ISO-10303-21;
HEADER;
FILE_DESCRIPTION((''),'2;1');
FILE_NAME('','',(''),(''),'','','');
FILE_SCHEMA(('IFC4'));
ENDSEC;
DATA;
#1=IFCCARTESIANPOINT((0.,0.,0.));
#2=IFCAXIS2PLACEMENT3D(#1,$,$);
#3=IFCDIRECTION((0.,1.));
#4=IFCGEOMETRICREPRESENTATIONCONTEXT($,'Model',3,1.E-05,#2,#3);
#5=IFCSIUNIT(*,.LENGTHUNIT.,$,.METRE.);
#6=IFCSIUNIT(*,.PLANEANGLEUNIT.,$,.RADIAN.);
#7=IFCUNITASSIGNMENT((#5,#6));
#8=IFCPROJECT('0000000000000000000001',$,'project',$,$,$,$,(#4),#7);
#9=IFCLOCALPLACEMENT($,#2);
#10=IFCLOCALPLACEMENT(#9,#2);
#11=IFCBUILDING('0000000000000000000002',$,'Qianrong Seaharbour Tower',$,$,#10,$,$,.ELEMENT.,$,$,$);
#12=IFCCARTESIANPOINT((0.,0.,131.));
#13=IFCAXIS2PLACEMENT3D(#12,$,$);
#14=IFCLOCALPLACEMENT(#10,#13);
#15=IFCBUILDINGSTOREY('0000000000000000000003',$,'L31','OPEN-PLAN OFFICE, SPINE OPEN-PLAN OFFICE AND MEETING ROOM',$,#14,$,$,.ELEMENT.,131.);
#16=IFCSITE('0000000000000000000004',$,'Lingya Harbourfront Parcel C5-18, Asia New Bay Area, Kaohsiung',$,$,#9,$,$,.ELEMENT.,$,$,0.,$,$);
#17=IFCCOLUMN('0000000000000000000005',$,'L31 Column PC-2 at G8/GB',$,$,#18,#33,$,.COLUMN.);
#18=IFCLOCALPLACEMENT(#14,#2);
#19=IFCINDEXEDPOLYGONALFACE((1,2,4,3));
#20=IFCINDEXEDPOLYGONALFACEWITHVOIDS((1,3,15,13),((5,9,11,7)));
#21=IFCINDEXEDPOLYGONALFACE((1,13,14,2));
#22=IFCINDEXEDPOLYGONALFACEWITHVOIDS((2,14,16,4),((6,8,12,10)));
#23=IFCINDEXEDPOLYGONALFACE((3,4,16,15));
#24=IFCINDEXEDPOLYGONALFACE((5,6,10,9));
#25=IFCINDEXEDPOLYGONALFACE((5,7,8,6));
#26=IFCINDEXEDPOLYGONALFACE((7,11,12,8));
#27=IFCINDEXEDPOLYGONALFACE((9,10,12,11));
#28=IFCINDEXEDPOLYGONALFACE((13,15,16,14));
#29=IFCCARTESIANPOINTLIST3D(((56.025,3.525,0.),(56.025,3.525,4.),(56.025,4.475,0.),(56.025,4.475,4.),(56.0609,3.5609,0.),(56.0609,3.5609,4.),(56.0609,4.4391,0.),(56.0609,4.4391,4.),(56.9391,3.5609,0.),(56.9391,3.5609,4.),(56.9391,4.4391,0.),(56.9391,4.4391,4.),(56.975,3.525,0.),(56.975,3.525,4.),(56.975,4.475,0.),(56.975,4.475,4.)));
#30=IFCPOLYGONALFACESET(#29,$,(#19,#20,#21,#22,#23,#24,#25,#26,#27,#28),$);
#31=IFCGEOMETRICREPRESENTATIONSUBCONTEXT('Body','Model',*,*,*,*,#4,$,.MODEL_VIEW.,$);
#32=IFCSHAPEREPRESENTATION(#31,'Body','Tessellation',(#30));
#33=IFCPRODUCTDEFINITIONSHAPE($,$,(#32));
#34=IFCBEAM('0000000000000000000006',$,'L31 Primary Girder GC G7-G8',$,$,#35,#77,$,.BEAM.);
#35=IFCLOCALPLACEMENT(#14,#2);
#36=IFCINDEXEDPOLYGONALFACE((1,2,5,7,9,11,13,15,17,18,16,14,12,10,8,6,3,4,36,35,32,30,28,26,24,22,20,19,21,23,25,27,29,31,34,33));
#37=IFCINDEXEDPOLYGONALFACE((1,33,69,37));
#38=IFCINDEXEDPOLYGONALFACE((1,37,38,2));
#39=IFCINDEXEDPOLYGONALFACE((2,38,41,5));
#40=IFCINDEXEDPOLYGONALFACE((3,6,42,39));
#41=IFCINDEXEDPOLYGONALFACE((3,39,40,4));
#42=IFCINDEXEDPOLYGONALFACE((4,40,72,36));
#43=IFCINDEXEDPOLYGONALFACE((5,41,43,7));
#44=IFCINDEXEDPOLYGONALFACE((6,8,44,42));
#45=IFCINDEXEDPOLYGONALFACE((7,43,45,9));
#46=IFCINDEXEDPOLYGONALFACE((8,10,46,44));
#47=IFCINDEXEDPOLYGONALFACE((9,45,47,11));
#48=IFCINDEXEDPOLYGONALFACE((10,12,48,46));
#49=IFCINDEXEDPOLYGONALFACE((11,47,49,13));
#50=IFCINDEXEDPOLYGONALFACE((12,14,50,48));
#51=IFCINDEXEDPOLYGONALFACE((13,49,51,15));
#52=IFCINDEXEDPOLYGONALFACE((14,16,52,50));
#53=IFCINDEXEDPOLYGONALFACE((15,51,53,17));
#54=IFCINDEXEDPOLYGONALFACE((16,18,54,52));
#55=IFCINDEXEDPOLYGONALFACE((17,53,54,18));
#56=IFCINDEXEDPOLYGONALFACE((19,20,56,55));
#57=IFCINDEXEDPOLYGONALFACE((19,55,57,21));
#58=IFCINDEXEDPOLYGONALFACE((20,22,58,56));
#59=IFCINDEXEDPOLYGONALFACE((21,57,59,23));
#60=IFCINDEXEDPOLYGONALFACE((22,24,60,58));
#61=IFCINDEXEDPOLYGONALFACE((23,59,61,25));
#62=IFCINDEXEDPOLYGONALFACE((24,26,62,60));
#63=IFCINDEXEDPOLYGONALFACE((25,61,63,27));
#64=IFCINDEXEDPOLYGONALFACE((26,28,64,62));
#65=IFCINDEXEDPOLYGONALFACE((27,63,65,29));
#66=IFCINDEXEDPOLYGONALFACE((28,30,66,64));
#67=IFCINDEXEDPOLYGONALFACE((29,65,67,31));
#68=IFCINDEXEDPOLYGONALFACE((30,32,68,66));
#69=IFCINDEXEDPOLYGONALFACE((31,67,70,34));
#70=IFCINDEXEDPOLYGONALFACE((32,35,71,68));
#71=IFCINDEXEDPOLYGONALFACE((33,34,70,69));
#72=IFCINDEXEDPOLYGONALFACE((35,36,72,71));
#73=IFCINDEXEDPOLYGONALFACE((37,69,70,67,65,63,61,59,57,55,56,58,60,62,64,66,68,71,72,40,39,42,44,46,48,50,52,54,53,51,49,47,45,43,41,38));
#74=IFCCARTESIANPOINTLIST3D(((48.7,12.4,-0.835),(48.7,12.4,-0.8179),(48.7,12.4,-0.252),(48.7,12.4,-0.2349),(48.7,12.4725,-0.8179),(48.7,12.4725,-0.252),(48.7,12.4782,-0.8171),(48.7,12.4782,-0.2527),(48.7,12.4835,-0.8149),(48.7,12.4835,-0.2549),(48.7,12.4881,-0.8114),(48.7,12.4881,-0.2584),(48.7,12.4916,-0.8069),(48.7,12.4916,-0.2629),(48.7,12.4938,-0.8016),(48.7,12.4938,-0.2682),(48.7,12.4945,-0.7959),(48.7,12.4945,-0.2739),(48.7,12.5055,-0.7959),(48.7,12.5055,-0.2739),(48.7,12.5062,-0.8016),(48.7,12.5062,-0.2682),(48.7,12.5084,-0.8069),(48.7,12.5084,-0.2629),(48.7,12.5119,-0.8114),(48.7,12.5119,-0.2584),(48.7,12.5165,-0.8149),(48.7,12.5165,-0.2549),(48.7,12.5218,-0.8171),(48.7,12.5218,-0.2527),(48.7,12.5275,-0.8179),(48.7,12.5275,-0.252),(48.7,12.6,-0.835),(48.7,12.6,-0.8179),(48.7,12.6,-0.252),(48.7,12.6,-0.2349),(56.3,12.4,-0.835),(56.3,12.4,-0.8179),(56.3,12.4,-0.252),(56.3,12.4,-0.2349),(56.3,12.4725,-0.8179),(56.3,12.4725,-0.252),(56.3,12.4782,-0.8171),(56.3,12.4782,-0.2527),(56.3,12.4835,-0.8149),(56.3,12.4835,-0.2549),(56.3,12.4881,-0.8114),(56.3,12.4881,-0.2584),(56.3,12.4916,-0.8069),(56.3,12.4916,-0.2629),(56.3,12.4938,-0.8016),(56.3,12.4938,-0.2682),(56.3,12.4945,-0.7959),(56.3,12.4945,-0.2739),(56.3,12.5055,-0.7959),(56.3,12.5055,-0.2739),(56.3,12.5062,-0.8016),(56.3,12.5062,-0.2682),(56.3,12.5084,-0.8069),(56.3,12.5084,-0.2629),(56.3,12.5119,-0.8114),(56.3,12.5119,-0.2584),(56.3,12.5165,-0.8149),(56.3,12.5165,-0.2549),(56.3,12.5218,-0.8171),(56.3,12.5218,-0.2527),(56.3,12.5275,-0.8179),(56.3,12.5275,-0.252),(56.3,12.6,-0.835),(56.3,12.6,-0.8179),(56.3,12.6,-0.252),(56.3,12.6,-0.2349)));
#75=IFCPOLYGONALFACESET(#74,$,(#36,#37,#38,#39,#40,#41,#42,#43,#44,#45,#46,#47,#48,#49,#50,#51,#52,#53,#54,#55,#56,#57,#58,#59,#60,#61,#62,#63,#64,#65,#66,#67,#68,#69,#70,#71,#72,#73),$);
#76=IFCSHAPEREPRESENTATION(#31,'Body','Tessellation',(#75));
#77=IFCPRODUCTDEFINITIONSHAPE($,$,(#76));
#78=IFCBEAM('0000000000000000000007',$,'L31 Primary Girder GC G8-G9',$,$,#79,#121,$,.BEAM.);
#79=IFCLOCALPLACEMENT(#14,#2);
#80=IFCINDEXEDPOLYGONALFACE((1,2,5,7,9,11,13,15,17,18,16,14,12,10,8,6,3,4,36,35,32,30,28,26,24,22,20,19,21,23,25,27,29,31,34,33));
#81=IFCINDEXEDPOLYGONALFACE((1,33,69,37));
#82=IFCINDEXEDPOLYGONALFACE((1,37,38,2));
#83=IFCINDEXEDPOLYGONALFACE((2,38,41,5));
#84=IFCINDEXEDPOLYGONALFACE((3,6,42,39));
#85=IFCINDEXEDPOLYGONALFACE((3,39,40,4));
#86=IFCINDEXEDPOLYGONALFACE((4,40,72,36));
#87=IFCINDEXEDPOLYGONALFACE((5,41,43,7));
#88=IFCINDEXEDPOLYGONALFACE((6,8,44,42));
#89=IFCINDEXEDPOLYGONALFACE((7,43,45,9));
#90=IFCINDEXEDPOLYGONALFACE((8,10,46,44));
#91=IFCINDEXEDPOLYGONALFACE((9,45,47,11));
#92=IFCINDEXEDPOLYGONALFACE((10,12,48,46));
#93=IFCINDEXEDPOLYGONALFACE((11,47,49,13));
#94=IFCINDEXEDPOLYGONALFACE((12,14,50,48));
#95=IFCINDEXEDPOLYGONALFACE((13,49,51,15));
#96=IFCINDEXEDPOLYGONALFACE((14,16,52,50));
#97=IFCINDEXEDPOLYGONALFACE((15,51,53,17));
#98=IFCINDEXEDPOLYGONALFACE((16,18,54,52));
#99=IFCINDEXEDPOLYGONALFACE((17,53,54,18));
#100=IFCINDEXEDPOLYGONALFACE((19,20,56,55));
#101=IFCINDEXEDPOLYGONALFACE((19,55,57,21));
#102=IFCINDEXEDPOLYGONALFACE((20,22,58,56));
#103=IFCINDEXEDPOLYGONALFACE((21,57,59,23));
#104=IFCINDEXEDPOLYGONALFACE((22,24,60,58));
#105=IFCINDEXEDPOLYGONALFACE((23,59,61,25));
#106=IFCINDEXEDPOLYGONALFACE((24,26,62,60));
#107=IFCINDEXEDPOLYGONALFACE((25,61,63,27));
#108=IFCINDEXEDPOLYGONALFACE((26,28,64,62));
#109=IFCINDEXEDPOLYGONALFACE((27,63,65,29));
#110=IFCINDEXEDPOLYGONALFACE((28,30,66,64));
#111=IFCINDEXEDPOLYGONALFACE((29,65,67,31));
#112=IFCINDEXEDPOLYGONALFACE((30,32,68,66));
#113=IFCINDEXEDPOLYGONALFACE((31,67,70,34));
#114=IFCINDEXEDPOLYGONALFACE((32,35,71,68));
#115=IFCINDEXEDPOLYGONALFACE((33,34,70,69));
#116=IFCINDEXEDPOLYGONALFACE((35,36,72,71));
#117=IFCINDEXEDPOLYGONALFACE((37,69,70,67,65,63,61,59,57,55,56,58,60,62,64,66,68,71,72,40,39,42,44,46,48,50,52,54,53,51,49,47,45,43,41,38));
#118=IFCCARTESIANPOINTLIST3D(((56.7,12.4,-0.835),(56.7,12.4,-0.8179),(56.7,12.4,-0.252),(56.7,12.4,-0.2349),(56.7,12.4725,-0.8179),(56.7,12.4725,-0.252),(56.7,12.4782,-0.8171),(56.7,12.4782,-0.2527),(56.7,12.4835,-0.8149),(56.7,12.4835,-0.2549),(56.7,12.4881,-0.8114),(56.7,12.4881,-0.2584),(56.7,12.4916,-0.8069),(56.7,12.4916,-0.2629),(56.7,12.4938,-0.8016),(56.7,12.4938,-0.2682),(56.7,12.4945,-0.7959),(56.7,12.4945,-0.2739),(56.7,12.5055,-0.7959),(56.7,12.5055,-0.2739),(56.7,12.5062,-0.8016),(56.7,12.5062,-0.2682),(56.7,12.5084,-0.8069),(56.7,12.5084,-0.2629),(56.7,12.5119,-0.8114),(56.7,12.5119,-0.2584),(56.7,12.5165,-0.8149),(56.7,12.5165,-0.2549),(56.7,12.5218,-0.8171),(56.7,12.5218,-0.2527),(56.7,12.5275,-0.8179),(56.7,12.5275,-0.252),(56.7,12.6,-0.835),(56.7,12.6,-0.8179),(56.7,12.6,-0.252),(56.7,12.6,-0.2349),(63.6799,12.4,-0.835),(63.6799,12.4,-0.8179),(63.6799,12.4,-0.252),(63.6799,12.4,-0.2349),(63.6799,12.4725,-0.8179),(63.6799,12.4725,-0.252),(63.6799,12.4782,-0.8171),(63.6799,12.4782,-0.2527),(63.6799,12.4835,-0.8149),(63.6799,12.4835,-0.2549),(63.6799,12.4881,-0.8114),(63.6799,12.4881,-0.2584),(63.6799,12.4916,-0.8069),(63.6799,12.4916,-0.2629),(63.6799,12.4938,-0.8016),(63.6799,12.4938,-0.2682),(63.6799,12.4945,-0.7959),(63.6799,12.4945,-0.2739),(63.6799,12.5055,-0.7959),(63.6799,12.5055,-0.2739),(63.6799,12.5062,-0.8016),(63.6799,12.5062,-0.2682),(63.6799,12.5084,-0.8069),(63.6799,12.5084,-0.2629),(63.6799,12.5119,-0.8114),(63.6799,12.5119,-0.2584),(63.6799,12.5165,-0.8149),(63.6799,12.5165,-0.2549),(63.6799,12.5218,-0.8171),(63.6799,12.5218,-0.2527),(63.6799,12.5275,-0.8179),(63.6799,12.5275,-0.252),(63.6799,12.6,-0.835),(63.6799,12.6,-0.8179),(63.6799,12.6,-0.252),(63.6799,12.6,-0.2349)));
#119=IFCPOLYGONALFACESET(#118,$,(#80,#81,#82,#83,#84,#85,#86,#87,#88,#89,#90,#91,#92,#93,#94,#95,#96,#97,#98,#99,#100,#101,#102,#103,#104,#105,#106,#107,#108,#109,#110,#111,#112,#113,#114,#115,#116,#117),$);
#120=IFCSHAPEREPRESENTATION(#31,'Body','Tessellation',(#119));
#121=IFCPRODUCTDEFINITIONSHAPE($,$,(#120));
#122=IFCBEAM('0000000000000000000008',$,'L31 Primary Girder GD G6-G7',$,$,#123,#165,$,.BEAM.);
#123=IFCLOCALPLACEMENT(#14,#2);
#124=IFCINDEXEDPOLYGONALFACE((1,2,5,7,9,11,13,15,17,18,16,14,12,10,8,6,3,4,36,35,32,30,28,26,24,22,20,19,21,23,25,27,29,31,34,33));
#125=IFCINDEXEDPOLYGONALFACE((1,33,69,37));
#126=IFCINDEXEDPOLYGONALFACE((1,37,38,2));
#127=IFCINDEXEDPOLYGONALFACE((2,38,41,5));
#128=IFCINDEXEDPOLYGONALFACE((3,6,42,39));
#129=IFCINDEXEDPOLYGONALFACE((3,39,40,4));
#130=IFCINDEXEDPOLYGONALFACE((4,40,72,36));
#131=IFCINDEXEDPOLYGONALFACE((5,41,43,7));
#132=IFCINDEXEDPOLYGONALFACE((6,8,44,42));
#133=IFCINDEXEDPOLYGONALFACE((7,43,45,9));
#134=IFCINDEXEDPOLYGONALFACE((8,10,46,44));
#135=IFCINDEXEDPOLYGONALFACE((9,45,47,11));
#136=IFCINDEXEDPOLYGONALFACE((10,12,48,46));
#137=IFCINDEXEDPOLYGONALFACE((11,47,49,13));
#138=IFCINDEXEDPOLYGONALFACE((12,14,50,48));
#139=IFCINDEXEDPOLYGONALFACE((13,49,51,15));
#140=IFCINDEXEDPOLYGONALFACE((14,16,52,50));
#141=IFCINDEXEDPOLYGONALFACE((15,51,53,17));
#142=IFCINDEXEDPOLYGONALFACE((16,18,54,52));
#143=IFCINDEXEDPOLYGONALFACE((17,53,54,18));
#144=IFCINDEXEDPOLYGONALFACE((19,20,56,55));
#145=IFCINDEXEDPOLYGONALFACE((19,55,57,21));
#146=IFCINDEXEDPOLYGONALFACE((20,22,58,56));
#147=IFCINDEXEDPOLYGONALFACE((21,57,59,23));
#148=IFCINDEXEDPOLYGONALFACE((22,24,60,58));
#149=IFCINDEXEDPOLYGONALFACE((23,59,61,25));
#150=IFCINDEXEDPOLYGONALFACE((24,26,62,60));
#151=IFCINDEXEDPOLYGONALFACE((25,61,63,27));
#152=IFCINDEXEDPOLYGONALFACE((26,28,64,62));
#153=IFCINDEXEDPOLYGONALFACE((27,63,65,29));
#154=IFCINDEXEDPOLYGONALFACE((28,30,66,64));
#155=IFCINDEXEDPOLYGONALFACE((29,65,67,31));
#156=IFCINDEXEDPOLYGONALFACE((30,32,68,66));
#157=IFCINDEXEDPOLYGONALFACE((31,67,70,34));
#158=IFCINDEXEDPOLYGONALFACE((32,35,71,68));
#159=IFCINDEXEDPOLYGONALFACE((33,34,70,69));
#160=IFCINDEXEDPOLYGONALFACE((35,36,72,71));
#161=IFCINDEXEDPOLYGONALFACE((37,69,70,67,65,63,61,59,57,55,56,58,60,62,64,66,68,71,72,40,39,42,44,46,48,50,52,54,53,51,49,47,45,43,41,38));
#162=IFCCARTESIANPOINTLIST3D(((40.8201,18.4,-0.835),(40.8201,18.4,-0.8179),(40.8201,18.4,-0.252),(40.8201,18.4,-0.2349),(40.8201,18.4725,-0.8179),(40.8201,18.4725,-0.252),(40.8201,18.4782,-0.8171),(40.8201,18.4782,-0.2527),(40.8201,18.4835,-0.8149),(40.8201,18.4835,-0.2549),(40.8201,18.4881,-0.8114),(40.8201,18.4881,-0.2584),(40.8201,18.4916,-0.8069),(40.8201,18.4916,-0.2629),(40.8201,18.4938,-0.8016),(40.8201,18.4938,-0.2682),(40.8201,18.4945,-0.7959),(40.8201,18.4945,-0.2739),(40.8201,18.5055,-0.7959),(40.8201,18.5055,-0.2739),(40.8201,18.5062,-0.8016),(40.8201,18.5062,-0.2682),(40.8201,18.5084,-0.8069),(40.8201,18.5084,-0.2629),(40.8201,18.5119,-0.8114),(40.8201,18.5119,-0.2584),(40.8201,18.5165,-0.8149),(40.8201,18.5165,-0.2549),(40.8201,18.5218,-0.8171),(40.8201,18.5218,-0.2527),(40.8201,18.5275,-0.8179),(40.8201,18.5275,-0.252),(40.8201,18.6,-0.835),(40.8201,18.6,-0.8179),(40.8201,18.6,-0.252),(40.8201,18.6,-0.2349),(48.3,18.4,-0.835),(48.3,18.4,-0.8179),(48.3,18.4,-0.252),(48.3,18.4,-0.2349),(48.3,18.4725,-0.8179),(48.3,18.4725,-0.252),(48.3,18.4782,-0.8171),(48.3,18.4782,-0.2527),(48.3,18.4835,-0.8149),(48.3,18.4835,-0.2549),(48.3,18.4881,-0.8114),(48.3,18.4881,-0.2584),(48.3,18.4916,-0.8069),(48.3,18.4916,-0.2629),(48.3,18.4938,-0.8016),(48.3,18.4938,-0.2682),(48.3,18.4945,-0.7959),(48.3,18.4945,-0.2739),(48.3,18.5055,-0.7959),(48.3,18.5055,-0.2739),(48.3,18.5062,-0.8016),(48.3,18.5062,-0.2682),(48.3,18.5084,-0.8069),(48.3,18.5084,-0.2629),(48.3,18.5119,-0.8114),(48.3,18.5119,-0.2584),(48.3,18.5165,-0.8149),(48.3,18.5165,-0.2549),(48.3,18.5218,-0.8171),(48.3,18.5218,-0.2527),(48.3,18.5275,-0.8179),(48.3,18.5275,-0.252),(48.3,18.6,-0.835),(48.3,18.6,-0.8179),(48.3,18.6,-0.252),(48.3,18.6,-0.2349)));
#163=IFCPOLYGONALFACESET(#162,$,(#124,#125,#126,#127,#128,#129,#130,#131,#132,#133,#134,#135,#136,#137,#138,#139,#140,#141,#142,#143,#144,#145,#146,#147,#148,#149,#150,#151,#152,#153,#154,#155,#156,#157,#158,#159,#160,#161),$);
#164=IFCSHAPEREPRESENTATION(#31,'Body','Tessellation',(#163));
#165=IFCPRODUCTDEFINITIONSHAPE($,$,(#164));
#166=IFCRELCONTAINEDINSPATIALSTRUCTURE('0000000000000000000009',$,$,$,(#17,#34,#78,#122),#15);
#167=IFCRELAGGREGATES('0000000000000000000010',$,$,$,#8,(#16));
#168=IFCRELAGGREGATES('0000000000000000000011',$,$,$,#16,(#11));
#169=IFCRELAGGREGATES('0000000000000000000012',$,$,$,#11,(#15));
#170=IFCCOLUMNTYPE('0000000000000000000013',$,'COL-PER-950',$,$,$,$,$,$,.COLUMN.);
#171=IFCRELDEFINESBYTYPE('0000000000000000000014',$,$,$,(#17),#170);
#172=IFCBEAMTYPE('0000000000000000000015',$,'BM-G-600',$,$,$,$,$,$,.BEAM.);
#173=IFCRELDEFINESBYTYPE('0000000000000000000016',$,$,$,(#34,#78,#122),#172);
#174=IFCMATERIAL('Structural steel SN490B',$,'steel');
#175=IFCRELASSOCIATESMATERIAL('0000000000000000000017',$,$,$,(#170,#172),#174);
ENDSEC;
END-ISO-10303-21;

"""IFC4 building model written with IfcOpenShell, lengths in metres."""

from ifc_helpers import new_model, si_unit, direction, frame, origin, origin_2d, place, context, subcontext, project, spatial, hollow_rectangle, i_section, extrude, material, material_profile, profile_set, type_object, element, save


model = new_model("IFC4")

# Units and contexts
model_context = context("Model", 3, precision=1e-05, world=origin(), true_north=direction((0.0, 1.0)))
body_context = subcontext(model_context, "Body", "Model", "MODEL_VIEW")
ifc_project = project(units=[si_unit("LENGTHUNIT", "METRE"), si_unit("PLANEANGLEUNIT", "RADIAN")], contexts=[model_context])

# Site, building, storey
site_placement = place(None, origin())
site = spatial("IfcSite", under=ifc_project, at=site_placement, Name="Lingya Harbourfront Parcel C5-18, Asia New Bay Area, Kaohsiung", CompositionType="ELEMENT", RefElevation=0.0)
building_placement = place(site_placement, origin())
building = spatial("IfcBuilding", under=site, at=building_placement, Name="Qianrong Seaharbour Tower", CompositionType="ELEMENT")
storey_placement = place(building_placement, frame((0.0, 0.0, 131.0)))
storey = spatial("IfcBuildingStorey", under=building, at=storey_placement, Name="L31", Description="OPEN-PLAN OFFICE, SPINE OPEN-PLAN OFFICE AND MEETING ROOM", CompositionType="ELEMENT", Elevation=131.0)

# Column
ifc_material_1 = material(Name="Structural steel SN490B", Category="steel")
ifc_material_profile_1 = material_profile(ifc_material_1, hollow_rectangle(XDim=0.95, YDim=0.95, WallThickness=0.0359, at=origin_2d()), Name="BOX950x950x36")
ifc_profile_set_1 = profile_set([ifc_material_profile_1], Name="Structural steel SN490B")
column_type_1 = type_object("IfcColumnType", Name="COL-PER-950", PredefinedType="COLUMN", material=ifc_profile_set_1)
for number, where, z_axis, x_axis, name in (
    (1, (56.5, 4.0, 0.0), (0.0, 0.0, 1.0), (1.0, 0.0, 0.0), "L31 Column PC-2 at G8/GB"),
):
    element("IfcColumn", number, at=place(storey_placement, frame(where, z_axis=z_axis, x_axis=x_axis)), inside=storey, type_object=column_type_1, Name=name, PredefinedType="COLUMN", context=body_context, shape_type="SweptSolid", body=[
        extrude(hollow_rectangle(XDim=0.95, YDim=0.95, WallThickness=0.0359, at=origin_2d()), origin(), (0.0, 0.0, 1.0), 4.0),
    ])

# Beams
ifc_material_profile_2 = material_profile(ifc_material_1, i_section(OverallWidth=0.2, OverallDepth=0.6001, WebThickness=0.011, FlangeThickness=0.0171, FilletRadius=0.022, at=origin_2d()), Name="H600x200x11x17")
ifc_profile_set_2 = profile_set([ifc_material_profile_2], Name="Structural steel SN490B")
beam_type_1 = type_object("IfcBeamType", Name="BM-G-600", PredefinedType="BEAM", material=ifc_profile_set_2)
beam_1_placement = place(storey_placement, frame((48.7, 12.5, -0.5349), z_axis=(1.0, 0.0, 0.0), x_axis=(0.0, 1.0, 0.0)))
element("IfcBeam", 2, at=beam_1_placement, inside=storey, type_object=beam_type_1, Name="L31 Primary Girder GC G7-G8", PredefinedType="BEAM", context=body_context, shape_type="SweptSolid", body=[
    extrude(i_section(OverallWidth=0.2, OverallDepth=0.6001, WebThickness=0.011, FlangeThickness=0.0171, FilletRadius=0.022, at=origin_2d()), origin(), (0.0, 0.0, 1.0), 7.6001),
])
beam_2_placement = place(storey_placement, frame((56.7, 12.5, -0.5349), z_axis=(1.0, 0.0, 0.0), x_axis=(0.0, 1.0, 0.0)))
element("IfcBeam", 3, at=beam_2_placement, inside=storey, type_object=beam_type_1, Name="L31 Primary Girder GC G8-G9", PredefinedType="BEAM", context=body_context, shape_type="SweptSolid", body=[
    extrude(i_section(OverallWidth=0.2, OverallDepth=0.6001, WebThickness=0.011, FlangeThickness=0.0171, FilletRadius=0.022, at=origin_2d()), origin(), (0.0, 0.0, 1.0), 6.98),
])
beam_3_placement = place(storey_placement, frame((40.8201, 18.5, -0.5349), z_axis=(1.0, 0.0, 0.0), x_axis=(0.0, 1.0, 0.0)))
element("IfcBeam", 4, at=beam_3_placement, inside=storey, type_object=beam_type_1, Name="L31 Primary Girder GD G6-G7", PredefinedType="BEAM", context=body_context, shape_type="SweptSolid", body=[
    extrude(i_section(OverallWidth=0.2, OverallDepth=0.6001, WebThickness=0.011, FlangeThickness=0.0171, FilletRadius=0.022, at=origin_2d()), origin(), (0.0, 0.0, 1.0), 7.48),
])

save(model, "model.ifc")
